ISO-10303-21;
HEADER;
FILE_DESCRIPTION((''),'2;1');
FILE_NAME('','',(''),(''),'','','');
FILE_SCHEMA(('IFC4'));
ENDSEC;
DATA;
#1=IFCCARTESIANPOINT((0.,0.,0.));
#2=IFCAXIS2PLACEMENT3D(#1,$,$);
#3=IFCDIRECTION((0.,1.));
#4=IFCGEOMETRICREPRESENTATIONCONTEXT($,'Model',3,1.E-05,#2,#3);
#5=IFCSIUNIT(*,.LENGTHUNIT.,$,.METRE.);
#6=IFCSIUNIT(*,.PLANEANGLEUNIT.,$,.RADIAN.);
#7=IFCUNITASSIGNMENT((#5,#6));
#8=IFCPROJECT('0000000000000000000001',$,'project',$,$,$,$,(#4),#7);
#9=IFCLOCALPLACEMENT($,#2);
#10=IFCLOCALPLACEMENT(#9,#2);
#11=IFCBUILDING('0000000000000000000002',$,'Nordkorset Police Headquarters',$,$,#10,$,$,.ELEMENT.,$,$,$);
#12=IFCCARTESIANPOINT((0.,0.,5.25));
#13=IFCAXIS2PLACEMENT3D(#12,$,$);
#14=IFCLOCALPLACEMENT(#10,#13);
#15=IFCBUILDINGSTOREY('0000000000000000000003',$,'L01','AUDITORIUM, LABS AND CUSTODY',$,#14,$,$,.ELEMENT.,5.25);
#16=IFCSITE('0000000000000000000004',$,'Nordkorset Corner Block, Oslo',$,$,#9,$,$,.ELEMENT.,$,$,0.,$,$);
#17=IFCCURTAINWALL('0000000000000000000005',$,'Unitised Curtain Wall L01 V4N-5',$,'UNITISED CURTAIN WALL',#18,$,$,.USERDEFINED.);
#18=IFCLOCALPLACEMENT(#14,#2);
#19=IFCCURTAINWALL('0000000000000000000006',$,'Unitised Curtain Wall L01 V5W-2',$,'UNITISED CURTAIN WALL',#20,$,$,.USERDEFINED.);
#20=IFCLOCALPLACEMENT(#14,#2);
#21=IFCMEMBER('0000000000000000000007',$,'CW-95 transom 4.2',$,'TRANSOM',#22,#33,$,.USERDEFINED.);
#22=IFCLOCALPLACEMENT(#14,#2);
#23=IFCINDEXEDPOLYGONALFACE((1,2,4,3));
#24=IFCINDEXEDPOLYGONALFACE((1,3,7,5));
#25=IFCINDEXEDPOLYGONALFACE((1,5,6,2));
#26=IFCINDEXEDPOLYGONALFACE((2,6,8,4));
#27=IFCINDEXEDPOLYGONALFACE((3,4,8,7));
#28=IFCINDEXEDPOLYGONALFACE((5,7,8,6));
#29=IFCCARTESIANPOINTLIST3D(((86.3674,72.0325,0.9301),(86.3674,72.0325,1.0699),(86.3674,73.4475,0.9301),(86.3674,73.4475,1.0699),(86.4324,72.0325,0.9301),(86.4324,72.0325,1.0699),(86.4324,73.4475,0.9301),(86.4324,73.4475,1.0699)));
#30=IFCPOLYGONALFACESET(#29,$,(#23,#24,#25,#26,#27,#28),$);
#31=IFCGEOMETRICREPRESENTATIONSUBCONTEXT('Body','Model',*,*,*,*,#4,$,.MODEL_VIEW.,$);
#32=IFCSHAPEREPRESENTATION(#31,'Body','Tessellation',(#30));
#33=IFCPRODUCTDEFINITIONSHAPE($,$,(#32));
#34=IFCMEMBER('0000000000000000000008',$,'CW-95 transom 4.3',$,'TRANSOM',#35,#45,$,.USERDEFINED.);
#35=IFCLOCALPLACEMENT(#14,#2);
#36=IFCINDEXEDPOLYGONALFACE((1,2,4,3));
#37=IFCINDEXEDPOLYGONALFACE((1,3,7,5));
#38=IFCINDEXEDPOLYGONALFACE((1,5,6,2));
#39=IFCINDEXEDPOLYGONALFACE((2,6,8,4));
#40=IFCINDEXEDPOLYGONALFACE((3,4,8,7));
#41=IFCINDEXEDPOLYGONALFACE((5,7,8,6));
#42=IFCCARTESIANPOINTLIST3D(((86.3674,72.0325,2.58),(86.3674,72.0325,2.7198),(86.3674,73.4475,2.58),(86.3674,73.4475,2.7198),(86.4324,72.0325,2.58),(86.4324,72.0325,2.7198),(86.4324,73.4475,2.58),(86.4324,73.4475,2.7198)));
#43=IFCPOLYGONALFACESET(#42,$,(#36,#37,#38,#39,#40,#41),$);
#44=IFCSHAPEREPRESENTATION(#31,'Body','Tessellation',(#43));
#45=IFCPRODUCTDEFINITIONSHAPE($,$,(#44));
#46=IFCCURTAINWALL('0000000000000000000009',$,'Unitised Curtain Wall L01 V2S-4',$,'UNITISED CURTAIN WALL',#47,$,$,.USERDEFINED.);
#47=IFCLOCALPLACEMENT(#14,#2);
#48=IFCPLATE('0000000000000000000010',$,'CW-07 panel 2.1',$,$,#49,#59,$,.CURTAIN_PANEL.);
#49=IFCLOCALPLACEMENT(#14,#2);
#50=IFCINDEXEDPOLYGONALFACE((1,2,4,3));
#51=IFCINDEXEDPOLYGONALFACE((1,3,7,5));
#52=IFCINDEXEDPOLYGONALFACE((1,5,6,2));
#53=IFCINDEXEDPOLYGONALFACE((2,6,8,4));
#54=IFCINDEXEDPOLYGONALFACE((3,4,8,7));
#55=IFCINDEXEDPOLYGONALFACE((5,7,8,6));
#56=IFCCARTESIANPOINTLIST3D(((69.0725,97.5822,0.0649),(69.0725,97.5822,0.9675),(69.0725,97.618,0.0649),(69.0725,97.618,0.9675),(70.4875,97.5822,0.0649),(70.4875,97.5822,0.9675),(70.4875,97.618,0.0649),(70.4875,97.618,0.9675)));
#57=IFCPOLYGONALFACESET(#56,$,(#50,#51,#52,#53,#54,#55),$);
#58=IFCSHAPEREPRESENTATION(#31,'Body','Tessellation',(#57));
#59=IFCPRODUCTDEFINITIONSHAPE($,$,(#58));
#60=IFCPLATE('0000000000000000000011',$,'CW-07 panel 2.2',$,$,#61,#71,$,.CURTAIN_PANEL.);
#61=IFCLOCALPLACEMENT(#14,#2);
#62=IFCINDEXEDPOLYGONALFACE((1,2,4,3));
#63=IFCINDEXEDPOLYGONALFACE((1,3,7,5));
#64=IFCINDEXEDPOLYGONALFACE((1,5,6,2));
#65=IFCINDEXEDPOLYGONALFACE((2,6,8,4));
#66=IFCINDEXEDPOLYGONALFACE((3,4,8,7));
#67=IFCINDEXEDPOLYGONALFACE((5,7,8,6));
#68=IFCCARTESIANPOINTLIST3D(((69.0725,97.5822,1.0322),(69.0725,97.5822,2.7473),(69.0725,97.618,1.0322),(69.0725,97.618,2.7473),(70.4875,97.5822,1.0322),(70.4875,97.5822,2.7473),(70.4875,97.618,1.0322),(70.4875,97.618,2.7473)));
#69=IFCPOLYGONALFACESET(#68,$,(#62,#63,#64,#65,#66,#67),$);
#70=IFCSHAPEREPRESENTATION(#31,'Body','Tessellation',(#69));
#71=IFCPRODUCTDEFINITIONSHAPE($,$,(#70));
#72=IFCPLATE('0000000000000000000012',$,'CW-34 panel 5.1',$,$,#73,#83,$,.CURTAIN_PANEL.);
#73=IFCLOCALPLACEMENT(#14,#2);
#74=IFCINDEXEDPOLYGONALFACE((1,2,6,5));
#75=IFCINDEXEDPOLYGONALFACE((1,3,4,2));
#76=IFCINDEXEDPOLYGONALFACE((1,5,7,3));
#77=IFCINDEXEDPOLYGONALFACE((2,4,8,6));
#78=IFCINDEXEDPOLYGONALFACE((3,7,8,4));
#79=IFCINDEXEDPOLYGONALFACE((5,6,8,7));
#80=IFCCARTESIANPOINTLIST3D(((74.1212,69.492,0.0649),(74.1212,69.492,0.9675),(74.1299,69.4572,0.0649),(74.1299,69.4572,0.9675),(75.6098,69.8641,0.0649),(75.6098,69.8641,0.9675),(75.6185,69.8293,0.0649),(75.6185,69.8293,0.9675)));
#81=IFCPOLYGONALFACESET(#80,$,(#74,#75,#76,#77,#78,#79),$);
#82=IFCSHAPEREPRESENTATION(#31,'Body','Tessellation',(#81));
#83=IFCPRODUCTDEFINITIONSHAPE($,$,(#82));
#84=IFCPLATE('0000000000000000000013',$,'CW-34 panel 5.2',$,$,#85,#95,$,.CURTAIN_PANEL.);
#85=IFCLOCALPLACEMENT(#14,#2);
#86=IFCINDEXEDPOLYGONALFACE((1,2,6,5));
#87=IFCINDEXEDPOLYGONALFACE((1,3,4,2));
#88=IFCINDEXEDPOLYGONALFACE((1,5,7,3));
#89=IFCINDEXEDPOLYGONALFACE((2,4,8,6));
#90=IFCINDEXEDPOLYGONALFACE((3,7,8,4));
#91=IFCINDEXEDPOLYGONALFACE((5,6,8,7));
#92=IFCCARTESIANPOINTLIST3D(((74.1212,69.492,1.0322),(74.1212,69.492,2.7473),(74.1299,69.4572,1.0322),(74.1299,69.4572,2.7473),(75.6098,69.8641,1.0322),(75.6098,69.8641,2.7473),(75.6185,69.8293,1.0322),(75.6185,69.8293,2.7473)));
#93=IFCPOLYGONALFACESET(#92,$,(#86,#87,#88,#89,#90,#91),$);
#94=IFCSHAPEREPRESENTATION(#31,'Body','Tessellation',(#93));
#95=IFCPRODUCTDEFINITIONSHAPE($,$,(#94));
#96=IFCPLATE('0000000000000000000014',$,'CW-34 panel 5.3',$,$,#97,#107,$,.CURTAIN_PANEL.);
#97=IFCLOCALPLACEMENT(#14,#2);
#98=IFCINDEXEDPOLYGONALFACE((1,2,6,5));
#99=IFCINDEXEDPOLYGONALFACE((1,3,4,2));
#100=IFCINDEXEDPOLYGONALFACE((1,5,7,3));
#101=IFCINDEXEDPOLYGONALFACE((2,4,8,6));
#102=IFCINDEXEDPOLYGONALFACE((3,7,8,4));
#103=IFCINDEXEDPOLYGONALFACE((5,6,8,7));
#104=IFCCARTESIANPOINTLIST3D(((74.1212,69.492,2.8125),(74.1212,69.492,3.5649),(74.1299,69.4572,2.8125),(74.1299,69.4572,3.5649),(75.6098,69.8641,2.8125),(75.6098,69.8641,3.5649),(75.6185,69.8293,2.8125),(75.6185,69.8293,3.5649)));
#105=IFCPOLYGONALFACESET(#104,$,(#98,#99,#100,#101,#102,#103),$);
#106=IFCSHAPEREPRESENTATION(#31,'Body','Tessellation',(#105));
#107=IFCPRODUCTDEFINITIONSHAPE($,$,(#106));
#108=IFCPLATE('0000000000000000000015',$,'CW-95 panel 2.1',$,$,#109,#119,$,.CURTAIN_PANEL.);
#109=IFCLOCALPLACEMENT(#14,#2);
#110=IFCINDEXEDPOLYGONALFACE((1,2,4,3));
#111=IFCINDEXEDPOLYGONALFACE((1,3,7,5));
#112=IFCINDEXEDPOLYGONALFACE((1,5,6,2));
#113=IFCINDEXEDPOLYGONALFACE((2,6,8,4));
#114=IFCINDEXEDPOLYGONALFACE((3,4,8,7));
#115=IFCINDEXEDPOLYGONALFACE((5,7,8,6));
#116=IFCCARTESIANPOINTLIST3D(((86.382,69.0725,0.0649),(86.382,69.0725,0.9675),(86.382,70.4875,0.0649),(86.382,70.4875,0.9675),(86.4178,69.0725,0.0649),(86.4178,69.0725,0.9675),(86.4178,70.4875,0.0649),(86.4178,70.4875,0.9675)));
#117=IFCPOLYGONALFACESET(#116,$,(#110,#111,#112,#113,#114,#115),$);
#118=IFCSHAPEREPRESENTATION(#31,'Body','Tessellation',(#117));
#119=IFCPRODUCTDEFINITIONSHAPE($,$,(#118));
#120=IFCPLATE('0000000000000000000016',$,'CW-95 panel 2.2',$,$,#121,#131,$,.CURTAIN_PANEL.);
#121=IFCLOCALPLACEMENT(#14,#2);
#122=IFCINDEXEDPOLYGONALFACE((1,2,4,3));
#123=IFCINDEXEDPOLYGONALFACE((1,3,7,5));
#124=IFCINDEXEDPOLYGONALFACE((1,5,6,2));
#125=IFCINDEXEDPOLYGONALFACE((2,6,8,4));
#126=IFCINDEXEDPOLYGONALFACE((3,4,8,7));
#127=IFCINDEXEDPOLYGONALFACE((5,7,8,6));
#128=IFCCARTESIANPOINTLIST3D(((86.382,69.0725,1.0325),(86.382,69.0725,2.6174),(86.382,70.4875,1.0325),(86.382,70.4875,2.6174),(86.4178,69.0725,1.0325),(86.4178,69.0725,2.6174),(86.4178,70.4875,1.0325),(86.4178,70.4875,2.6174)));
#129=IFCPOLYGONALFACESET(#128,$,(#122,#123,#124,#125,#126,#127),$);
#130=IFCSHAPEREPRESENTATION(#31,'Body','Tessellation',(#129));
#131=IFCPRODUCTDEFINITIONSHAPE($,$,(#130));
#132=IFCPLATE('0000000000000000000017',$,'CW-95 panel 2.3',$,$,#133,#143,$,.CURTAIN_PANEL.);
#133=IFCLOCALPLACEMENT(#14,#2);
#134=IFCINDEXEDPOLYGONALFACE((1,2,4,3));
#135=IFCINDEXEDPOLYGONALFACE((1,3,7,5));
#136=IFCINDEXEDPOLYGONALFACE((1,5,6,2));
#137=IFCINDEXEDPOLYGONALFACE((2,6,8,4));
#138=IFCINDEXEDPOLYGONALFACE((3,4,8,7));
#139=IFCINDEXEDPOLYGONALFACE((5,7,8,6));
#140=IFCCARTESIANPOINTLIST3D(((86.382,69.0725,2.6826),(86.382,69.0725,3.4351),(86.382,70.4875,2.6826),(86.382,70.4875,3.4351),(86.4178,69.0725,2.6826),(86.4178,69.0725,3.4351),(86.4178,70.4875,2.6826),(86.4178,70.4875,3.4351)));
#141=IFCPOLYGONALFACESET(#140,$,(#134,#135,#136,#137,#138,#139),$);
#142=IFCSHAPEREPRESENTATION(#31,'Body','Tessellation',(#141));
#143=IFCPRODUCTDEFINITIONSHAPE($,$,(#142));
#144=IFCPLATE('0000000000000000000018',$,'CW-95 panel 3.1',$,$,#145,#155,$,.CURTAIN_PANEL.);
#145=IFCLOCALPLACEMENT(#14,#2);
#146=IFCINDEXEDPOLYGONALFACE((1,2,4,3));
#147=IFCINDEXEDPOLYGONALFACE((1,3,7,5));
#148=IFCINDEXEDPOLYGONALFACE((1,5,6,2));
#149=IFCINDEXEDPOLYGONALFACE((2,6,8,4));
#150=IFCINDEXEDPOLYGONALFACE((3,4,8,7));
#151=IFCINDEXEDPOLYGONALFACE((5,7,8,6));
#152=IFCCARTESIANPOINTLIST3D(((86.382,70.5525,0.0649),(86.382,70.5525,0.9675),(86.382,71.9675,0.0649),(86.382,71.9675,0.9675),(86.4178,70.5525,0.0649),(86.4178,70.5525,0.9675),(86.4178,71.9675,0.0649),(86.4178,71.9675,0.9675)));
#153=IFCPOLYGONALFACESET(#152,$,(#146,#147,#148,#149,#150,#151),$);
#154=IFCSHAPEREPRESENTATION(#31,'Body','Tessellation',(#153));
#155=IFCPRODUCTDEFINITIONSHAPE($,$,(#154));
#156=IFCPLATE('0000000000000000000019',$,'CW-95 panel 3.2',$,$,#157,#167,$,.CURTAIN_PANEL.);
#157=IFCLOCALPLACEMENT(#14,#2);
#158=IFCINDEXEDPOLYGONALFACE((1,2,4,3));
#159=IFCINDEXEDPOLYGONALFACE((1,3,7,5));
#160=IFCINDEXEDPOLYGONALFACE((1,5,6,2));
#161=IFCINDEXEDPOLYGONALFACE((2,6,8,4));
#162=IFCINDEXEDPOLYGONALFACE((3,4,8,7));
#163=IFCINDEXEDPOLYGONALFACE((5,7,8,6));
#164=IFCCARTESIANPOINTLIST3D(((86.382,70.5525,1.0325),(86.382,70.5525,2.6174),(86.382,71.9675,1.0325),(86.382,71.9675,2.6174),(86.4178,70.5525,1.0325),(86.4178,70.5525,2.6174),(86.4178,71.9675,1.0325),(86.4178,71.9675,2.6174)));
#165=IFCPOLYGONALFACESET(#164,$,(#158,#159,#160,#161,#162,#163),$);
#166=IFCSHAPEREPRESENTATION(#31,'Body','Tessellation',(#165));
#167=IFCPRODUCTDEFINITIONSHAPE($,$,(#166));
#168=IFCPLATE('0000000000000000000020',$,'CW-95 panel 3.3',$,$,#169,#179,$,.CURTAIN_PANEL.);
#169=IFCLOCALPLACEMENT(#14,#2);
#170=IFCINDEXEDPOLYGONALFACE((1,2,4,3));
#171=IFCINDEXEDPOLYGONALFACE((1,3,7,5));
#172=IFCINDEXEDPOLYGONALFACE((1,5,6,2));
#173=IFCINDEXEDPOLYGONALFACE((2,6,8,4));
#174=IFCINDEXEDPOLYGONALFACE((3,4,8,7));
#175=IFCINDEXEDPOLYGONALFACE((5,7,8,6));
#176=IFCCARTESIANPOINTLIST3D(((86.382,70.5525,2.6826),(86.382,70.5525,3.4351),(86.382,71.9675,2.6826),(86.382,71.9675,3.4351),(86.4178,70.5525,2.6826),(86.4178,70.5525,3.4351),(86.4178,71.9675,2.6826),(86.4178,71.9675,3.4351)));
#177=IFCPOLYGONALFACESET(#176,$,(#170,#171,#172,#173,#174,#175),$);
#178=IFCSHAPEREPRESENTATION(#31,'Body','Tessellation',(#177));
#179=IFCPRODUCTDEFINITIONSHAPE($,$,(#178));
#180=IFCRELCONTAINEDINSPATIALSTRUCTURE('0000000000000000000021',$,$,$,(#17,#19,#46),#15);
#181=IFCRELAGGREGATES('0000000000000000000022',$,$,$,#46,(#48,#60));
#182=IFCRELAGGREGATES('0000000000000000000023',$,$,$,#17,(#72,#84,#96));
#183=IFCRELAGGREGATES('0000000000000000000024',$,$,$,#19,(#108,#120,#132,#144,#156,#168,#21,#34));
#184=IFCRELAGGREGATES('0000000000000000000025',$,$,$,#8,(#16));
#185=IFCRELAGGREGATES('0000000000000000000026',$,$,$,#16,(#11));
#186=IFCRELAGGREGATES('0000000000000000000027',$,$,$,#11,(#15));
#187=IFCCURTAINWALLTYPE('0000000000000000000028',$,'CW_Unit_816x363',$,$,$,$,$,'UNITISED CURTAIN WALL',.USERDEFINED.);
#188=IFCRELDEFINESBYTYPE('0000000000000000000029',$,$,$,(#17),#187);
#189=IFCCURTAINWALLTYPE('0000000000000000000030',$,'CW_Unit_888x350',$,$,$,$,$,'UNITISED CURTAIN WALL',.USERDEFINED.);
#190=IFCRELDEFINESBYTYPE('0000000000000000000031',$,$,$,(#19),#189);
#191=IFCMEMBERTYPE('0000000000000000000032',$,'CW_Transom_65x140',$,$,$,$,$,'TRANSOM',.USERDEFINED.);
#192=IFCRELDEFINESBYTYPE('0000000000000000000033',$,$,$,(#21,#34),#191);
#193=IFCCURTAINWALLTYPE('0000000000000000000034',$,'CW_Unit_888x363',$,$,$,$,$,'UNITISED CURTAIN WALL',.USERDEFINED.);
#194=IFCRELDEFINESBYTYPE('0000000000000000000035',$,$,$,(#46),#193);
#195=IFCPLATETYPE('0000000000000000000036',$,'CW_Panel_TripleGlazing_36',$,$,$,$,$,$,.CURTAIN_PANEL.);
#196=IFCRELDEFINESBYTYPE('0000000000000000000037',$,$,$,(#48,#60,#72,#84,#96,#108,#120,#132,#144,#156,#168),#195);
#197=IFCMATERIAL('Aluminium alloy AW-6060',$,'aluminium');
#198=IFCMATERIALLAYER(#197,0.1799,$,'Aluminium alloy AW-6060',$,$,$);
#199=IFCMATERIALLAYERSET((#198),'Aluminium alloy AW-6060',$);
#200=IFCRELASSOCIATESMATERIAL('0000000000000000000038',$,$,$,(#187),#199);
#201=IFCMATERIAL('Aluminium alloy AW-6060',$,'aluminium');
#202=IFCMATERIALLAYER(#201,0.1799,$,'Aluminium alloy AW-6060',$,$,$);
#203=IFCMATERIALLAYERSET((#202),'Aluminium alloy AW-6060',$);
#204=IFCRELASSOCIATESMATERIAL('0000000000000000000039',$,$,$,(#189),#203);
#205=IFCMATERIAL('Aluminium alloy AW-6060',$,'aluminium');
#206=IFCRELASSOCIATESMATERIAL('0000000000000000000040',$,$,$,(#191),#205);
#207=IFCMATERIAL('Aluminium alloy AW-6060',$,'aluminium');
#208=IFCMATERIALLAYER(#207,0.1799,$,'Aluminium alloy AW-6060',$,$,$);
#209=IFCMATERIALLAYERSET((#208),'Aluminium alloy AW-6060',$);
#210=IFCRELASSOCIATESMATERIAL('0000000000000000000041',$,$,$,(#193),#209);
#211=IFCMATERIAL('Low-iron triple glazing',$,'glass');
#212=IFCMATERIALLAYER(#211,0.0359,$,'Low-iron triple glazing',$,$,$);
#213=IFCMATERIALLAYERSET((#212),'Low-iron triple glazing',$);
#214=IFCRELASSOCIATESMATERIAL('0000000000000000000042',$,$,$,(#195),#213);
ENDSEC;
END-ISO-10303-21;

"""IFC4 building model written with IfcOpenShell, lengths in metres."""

from ifc_helpers import new_model, si_unit, direction, frame, origin, origin_2d, place, context, subcontext, project, spatial, rectangle, extrude, material, layer, layer_set, material_profile, profile_set, type_object, element, aggregate, save


model = new_model("IFC4")

# Units and contexts
model_context = context("Model", 3, precision=1e-05, world=origin(), true_north=direction((0.0, 1.0)))
body_context = subcontext(model_context, "Body", "Model", "MODEL_VIEW")
ifc_project = project(units=[si_unit("LENGTHUNIT", "METRE"), si_unit("PLANEANGLEUNIT", "RADIAN")], contexts=[model_context])

# Site, building, storey
site_placement = place(None, origin())
site = spatial("IfcSite", under=ifc_project, at=site_placement, Name="Nordkorset Corner Block, Oslo", CompositionType="ELEMENT", RefElevation=0.0)
building_placement = place(site_placement, origin())
building = spatial("IfcBuilding", under=site, at=building_placement, Name="Nordkorset Police Headquarters", CompositionType="ELEMENT")
storey_placement = place(building_placement, frame((0.0, 0.0, 5.25)))
storey = spatial("IfcBuildingStorey", under=building, at=storey_placement, Name="L01", Description="AUDITORIUM, LABS AND CUSTODY", CompositionType="ELEMENT", Elevation=5.25)

# Curtain wall
ifc_material_1 = material(Name="Aluminium alloy AW-6060", Category="aluminium")
ifc_layer_1 = layer(ifc_material_1, 0.1799, Name="Aluminium alloy AW-6060")
ifc_layer_set_1 = layer_set([ifc_layer_1], Name="Aluminium alloy AW-6060")
curtain_wall_type_1 = type_object("IfcCurtainWallType", Name="CW_Unit_816x363", ElementType="UNITISED CURTAIN WALL", PredefinedType="USERDEFINED", material=ifc_layer_set_1)
curtain_wall_1_placement = place(storey_placement, origin())
curtain_wall_1 = element("IfcCurtainWall", 1, at=curtain_wall_1_placement, inside=storey, type_object=curtain_wall_type_1, Name="Unitised Curtain Wall L01 V4N-5", ObjectType="UNITISED CURTAIN WALL", PredefinedType="USERDEFINED")

# Curtain wall
ifc_material_2 = material(Name="Aluminium alloy AW-6060", Category="aluminium")
ifc_layer_2 = layer(ifc_material_2, 0.1799, Name="Aluminium alloy AW-6060")
ifc_layer_set_2 = layer_set([ifc_layer_2], Name="Aluminium alloy AW-6060")
curtain_wall_type_2 = type_object("IfcCurtainWallType", Name="CW_Unit_888x350", ElementType="UNITISED CURTAIN WALL", PredefinedType="USERDEFINED", material=ifc_layer_set_2)
curtain_wall_2_placement = place(storey_placement, origin())
curtain_wall_2 = element("IfcCurtainWall", 2, at=curtain_wall_2_placement, inside=storey, type_object=curtain_wall_type_2, Name="Unitised Curtain Wall L01 V5W-2", ObjectType="UNITISED CURTAIN WALL", PredefinedType="USERDEFINED")

# Members
ifc_material_3 = material(Name="Aluminium alloy AW-6060", Category="aluminium")
ifc_material_profile_1 = material_profile(ifc_material_3, rectangle(XDim=0.0649, YDim=0.1399, at=origin_2d()), Name="ALU TRAN 65x140")
ifc_profile_set_1 = profile_set([ifc_material_profile_1], Name="Aluminium alloy AW-6060")
member_type_1 = type_object("IfcMemberType", Name="CW_Transom_65x140", ElementType="TRANSOM", PredefinedType="USERDEFINED", material=ifc_profile_set_1)
member_1_placement = place(storey_placement, frame((86.3999, 72.0325, 1.0), z_axis=(0.0, 1.0, 0.0), x_axis=(-1.0, 0.0, 0.0)))
member_1 = element("IfcMember", 3, at=member_1_placement, type_object=member_type_1, Name="CW-95 transom 4.2", ObjectType="TRANSOM", PredefinedType="USERDEFINED", context=body_context, shape_type="SweptSolid", body=[
    extrude(rectangle(XDim=0.0649, YDim=0.1399, at=origin_2d()), origin(), (0.0, 0.0, 1.0), 1.415),
])
member_2_placement = place(storey_placement, frame((86.3999, 72.0325, 2.6499), z_axis=(0.0, 1.0, 0.0), x_axis=(-1.0, 0.0, 0.0)))
member_2 = element("IfcMember", 4, at=member_2_placement, type_object=member_type_1, Name="CW-95 transom 4.3", ObjectType="TRANSOM", PredefinedType="USERDEFINED", context=body_context, shape_type="SweptSolid", body=[
    extrude(rectangle(XDim=0.0649, YDim=0.1399, at=origin_2d()), origin(), (0.0, 0.0, 1.0), 1.415),
])

# Curtain wall, plates
ifc_material_4 = material(Name="Aluminium alloy AW-6060", Category="aluminium")
ifc_layer_3 = layer(ifc_material_4, 0.1799, Name="Aluminium alloy AW-6060")
ifc_layer_set_3 = layer_set([ifc_layer_3], Name="Aluminium alloy AW-6060")
curtain_wall_type_3 = type_object("IfcCurtainWallType", Name="CW_Unit_888x363", ElementType="UNITISED CURTAIN WALL", PredefinedType="USERDEFINED", material=ifc_layer_set_3)
curtain_wall_3_placement = place(storey_placement, origin())
curtain_wall_3 = element("IfcCurtainWall", 5, at=curtain_wall_3_placement, inside=storey, type_object=curtain_wall_type_3, Name="Unitised Curtain Wall L01 V2S-4", ObjectType="UNITISED CURTAIN WALL", PredefinedType="USERDEFINED")
ifc_material_5 = material(Name="Low-iron triple glazing", Category="glass")
ifc_layer_4 = layer(ifc_material_5, 0.0359, Name="Low-iron triple glazing")
ifc_layer_set_4 = layer_set([ifc_layer_4], Name="Low-iron triple glazing")
plate_type = type_object("IfcPlateType", Name="CW_Panel_TripleGlazing_36", PredefinedType="CURTAIN_PANEL", material=ifc_layer_set_4)
plate_1_placement = place(storey_placement, frame((69.78, 97.6001, 0.0649), z_axis=(0.0, 0.0, 1.0), x_axis=(1.0, 0.0, 0.0)))
plate_1 = element("IfcPlate", 6, at=plate_1_placement, type_object=plate_type, Name="CW-07 panel 2.1", PredefinedType="CURTAIN_PANEL", context=body_context, shape_type="SweptSolid", body=[
    extrude(rectangle(XDim=1.415, YDim=0.0359, at=origin_2d()), origin(), (0.0, 0.0, 1.0), 0.9026),
])
plate_2_placement = place(storey_placement, frame((69.78, 97.6001, 1.0322), z_axis=(0.0, 0.0, 1.0), x_axis=(1.0, 0.0, 0.0)))
plate_2 = element("IfcPlate", 7, at=plate_2_placement, type_object=plate_type, Name="CW-07 panel 2.2", PredefinedType="CURTAIN_PANEL", context=body_context, shape_type="SweptSolid", body=[
    extrude(rectangle(XDim=1.415, YDim=0.0359, at=origin_2d()), origin(), (0.0, 0.0, 1.0), 1.7151),
])
aggregate(curtain_wall_3, [plate_1, plate_2])

# Plates
plate_3_placement = place(storey_placement, frame((74.8699, 69.6606, 0.0649), z_axis=(0.0, 0.0, 1.0), x_axis=(0.970143, 0.242536, 0.0)))
plate_3 = element("IfcPlate", 8, at=plate_3_placement, type_object=plate_type, Name="CW-34 panel 5.1", PredefinedType="CURTAIN_PANEL", context=body_context, shape_type="SweptSolid", body=[
    extrude(rectangle(XDim=1.5344, YDim=0.0359, at=origin_2d()), origin(), (0.0, 0.0, 1.0), 0.9026),
])
plate_4_placement = place(storey_placement, frame((74.8699, 69.6606, 1.0322), z_axis=(0.0, 0.0, 1.0), x_axis=(0.970143, 0.242536, 0.0)))
plate_4 = element("IfcPlate", 9, at=plate_4_placement, type_object=plate_type, Name="CW-34 panel 5.2", PredefinedType="CURTAIN_PANEL", context=body_context, shape_type="SweptSolid", body=[
    extrude(rectangle(XDim=1.5344, YDim=0.0359, at=origin_2d()), origin(), (0.0, 0.0, 1.0), 1.7151),
])
plate_5_placement = place(storey_placement, frame((74.8699, 69.6606, 2.8125), z_axis=(0.0, 0.0, 1.0), x_axis=(0.970143, 0.242536, 0.0)))
plate_5 = element("IfcPlate", 10, at=plate_5_placement, type_object=plate_type, Name="CW-34 panel 5.3", PredefinedType="CURTAIN_PANEL", context=body_context, shape_type="SweptSolid", body=[
    extrude(rectangle(XDim=1.5344, YDim=0.0359, at=origin_2d()), origin(), (0.0, 0.0, 1.0), 0.7524),
])
aggregate(curtain_wall_1, [plate_3, plate_4, plate_5])
plate_6_placement = place(storey_placement, frame((86.3999, 69.78, 0.0649), z_axis=(0.0, 0.0, 1.0), x_axis=(0.0, 1.0, 0.0)))
plate_6 = element("IfcPlate", 11, at=plate_6_placement, type_object=plate_type, Name="CW-95 panel 2.1", PredefinedType="CURTAIN_PANEL", context=body_context, shape_type="SweptSolid", body=[
    extrude(rectangle(XDim=1.415, YDim=0.0359, at=origin_2d()), origin(), (0.0, 0.0, 1.0), 0.9026),
])
plate_7_placement = place(storey_placement, frame((86.3999, 69.78, 1.0325), z_axis=(0.0, 0.0, 1.0), x_axis=(0.0, 1.0, 0.0)))
plate_7 = element("IfcPlate", 12, at=plate_7_placement, type_object=plate_type, Name="CW-95 panel 2.2", PredefinedType="CURTAIN_PANEL", context=body_context, shape_type="SweptSolid", body=[
    extrude(rectangle(XDim=1.415, YDim=0.0359, at=origin_2d()), origin(), (0.0, 0.0, 1.0), 1.585),
])
plate_8_placement = place(storey_placement, frame((86.3999, 69.78, 2.6826), z_axis=(0.0, 0.0, 1.0), x_axis=(0.0, 1.0, 0.0)))
plate_8 = element("IfcPlate", 13, at=plate_8_placement, type_object=plate_type, Name="CW-95 panel 2.3", PredefinedType="CURTAIN_PANEL", context=body_context, shape_type="SweptSolid", body=[
    extrude(rectangle(XDim=1.415, YDim=0.0359, at=origin_2d()), origin(), (0.0, 0.0, 1.0), 0.7524),
])
plate_9_placement = place(storey_placement, frame((86.3999, 71.26, 0.0649), z_axis=(0.0, 0.0, 1.0), x_axis=(0.0, 1.0, 0.0)))
plate_9 = element("IfcPlate", 14, at=plate_9_placement, type_object=plate_type, Name="CW-95 panel 3.1", PredefinedType="CURTAIN_PANEL", context=body_context, shape_type="SweptSolid", body=[
    extrude(rectangle(XDim=1.415, YDim=0.0359, at=origin_2d()), origin(), (0.0, 0.0, 1.0), 0.9026),
])
plate_10_placement = place(storey_placement, frame((86.3999, 71.26, 1.0325), z_axis=(0.0, 0.0, 1.0), x_axis=(0.0, 1.0, 0.0)))
plate_10 = element("IfcPlate", 15, at=plate_10_placement, type_object=plate_type, Name="CW-95 panel 3.2", PredefinedType="CURTAIN_PANEL", context=body_context, shape_type="SweptSolid", body=[
    extrude(rectangle(XDim=1.415, YDim=0.0359, at=origin_2d()), origin(), (0.0, 0.0, 1.0), 1.585),
])
plate_11_placement = place(storey_placement, frame((86.3999, 71.26, 2.6826), z_axis=(0.0, 0.0, 1.0), x_axis=(0.0, 1.0, 0.0)))
plate_11 = element("IfcPlate", 16, at=plate_11_placement, type_object=plate_type, Name="CW-95 panel 3.3", PredefinedType="CURTAIN_PANEL", context=body_context, shape_type="SweptSolid", body=[
    extrude(rectangle(XDim=1.415, YDim=0.0359, at=origin_2d()), origin(), (0.0, 0.0, 1.0), 0.7524),
])
aggregate(curtain_wall_2, [plate_6, plate_7, plate_8, plate_9, plate_10, plate_11, member_1, member_2])

save(model, "model.ifc")
